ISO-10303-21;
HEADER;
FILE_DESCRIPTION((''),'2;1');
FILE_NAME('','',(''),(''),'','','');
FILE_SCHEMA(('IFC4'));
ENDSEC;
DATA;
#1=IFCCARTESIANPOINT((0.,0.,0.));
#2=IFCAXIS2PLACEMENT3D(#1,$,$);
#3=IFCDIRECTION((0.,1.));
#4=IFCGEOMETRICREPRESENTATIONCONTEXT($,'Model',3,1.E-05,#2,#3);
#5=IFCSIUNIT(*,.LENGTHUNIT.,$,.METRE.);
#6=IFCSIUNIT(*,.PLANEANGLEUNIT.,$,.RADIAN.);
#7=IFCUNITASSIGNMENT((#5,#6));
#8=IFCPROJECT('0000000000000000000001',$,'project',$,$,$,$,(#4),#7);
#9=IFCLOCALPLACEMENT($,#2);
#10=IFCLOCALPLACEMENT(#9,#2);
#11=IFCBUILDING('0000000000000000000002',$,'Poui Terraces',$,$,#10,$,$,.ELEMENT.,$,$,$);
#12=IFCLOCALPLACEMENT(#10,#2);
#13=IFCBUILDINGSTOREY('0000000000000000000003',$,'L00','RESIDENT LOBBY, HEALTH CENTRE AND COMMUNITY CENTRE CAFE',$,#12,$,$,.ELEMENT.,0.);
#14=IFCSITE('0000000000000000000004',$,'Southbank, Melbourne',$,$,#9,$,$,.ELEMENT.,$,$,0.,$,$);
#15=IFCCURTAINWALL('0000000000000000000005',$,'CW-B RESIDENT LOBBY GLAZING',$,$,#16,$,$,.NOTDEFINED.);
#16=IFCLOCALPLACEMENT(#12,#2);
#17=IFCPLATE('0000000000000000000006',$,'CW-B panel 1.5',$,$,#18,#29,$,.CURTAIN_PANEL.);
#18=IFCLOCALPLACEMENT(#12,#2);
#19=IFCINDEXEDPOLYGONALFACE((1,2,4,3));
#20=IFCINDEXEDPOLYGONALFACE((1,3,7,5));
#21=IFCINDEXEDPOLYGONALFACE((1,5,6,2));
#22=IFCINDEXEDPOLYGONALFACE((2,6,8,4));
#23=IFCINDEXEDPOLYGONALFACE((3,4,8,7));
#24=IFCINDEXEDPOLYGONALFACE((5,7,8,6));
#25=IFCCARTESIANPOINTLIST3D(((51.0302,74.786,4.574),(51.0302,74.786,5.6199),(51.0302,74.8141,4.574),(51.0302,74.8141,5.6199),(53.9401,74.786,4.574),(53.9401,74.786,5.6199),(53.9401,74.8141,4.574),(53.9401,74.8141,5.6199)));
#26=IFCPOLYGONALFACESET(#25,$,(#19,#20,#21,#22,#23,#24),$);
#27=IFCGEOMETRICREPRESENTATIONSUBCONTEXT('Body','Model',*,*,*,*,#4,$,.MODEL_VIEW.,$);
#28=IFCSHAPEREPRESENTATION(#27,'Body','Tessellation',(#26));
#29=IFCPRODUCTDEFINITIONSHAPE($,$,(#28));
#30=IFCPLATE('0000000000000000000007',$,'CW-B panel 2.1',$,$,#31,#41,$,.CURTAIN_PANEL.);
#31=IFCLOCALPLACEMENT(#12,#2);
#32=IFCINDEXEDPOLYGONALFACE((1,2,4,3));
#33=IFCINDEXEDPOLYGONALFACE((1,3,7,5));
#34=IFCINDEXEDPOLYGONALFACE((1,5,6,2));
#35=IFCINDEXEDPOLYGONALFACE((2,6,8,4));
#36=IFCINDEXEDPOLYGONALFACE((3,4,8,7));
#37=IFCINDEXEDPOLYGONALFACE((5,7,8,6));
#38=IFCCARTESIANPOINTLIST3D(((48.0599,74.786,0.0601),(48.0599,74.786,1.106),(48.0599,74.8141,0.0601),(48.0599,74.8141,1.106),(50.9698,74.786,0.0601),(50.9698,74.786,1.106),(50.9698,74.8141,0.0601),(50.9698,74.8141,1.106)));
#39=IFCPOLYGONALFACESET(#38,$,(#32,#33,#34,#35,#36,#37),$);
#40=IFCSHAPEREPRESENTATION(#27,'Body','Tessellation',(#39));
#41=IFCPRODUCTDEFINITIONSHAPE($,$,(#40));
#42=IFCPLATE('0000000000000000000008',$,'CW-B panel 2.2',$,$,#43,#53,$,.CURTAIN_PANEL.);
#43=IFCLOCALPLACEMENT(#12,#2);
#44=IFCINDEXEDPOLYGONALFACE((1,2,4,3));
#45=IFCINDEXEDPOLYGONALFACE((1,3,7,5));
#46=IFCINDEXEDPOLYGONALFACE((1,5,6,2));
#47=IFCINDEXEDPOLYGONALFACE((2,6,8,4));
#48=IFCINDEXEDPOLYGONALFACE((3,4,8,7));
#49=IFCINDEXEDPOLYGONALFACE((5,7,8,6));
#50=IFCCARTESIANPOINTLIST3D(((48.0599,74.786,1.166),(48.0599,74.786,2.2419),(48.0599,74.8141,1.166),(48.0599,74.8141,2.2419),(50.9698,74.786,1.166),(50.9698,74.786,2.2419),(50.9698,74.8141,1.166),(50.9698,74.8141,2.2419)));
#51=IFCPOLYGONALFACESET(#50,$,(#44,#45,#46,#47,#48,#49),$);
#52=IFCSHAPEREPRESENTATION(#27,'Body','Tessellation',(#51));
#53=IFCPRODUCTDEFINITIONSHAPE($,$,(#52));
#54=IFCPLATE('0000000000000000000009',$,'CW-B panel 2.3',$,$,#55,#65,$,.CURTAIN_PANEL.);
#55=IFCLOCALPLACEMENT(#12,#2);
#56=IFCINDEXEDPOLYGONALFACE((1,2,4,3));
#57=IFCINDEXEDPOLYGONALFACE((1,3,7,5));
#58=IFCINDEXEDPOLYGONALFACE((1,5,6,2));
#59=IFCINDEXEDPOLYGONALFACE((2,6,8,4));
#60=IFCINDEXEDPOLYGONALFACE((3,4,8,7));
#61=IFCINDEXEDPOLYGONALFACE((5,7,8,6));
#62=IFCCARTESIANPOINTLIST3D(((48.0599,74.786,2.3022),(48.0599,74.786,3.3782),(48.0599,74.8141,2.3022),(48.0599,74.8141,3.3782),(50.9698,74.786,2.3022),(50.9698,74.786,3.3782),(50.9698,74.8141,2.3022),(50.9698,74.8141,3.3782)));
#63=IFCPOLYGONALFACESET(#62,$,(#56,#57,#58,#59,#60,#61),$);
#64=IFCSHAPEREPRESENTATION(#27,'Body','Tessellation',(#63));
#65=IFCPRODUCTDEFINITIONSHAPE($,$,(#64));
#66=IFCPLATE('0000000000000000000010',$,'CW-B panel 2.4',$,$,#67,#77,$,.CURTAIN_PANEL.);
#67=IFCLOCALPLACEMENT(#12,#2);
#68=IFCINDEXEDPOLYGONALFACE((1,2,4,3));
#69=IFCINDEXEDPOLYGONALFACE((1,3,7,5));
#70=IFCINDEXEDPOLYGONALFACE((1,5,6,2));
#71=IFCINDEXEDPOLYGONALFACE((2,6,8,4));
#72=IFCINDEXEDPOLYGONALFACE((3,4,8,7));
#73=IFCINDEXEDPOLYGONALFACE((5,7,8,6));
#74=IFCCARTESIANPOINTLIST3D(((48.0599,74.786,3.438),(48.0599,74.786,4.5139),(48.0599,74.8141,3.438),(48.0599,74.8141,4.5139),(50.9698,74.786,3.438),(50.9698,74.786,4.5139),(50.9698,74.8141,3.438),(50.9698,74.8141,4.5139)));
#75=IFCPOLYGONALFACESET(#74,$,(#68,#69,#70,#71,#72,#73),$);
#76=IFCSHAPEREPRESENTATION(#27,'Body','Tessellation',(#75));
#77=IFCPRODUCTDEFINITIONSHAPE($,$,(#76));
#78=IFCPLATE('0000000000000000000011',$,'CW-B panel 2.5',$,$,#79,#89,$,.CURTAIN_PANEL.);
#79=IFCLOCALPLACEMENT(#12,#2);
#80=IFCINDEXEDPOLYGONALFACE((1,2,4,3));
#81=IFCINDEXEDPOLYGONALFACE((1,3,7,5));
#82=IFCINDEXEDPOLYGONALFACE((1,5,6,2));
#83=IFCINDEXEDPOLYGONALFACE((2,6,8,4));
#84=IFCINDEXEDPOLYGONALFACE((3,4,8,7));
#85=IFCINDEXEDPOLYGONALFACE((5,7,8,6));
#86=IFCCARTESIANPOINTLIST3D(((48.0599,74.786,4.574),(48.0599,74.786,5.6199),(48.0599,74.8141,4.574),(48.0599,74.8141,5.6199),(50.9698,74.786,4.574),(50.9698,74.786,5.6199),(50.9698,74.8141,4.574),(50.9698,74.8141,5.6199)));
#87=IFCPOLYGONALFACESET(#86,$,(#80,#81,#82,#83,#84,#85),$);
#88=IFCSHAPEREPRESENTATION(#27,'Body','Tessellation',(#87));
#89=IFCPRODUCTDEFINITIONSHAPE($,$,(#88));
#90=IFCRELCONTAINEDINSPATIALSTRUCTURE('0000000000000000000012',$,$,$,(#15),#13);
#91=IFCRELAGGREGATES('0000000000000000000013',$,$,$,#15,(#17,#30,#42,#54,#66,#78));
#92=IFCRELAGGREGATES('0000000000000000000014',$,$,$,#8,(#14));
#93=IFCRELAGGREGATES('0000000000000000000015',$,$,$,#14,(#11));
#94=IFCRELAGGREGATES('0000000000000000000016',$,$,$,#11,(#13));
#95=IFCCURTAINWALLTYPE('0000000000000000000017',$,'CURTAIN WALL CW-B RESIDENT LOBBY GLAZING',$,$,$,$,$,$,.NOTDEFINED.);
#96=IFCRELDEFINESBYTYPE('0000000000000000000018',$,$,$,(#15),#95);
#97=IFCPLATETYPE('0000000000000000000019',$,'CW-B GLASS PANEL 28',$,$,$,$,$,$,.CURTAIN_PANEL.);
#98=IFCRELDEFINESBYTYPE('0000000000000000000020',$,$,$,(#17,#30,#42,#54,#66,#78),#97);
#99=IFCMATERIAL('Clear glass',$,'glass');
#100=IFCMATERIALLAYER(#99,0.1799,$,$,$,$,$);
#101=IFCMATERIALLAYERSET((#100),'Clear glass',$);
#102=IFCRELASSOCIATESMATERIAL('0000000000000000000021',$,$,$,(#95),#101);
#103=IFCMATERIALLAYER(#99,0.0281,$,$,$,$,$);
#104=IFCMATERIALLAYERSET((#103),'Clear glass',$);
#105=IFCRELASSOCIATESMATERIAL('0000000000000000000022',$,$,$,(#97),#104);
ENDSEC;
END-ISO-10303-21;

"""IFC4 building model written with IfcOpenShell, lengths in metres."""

from ifc_helpers import new_model, si_unit, direction, frame, origin, origin_2d, place, context, subcontext, project, spatial, rectangle, extrude, material, layer, layer_set, type_object, element, aggregate, save


model = new_model("IFC4")

# Units and contexts
model_context = context("Model", 3, precision=1e-05, world=origin(), true_north=direction((0.0, 1.0)))
body_context = subcontext(model_context, "Body", "Model", "MODEL_VIEW")
ifc_project = project(units=[si_unit("LENGTHUNIT", "METRE"), si_unit("PLANEANGLEUNIT", "RADIAN")], contexts=[model_context])

# Site, building, storey
site_placement = place(None, origin())
site = spatial("IfcSite", under=ifc_project, at=site_placement, Name="Southbank, Melbourne", CompositionType="ELEMENT", RefElevation=0.0)
building_placement = place(site_placement, origin())
building = spatial("IfcBuilding", under=site, at=building_placement, Name="Poui Terraces", CompositionType="ELEMENT")
storey_placement = place(building_placement, origin())
storey = spatial("IfcBuildingStorey", under=building, at=storey_placement, Name="L00", Description="RESIDENT LOBBY, HEALTH CENTRE AND COMMUNITY CENTRE CAFE", CompositionType="ELEMENT", Elevation=0.0)

# Curtain wall
ifc_material_1 = material(Name="Clear glass", Category="glass")
ifc_layer_1 = layer(ifc_material_1, 0.1799)
ifc_layer_set_1 = layer_set([ifc_layer_1], Name="Clear glass")
curtain_wall_type_1 = type_object("IfcCurtainWallType", Name="CURTAIN WALL CW-B RESIDENT LOBBY GLAZING", PredefinedType="NOTDEFINED", material=ifc_layer_set_1)
curtain_wall_1_placement = place(storey_placement, origin())
curtain_wall_1 = element("IfcCurtainWall", 1, at=curtain_wall_1_placement, inside=storey, type_object=curtain_wall_type_1, Name="CW-B RESIDENT LOBBY GLAZING", PredefinedType="NOTDEFINED")

# Plates
ifc_layer_2 = layer(ifc_material_1, 0.0281)
ifc_layer_set_2 = layer_set([ifc_layer_2], Name="Clear glass")
plate_type = type_object("IfcPlateType", Name="CW-B GLASS PANEL 28", PredefinedType="CURTAIN_PANEL", material=ifc_layer_set_2)
plate_1_placement = place(storey_placement, frame((52.4851, 74.8, 4.574), z_axis=(0.0, 0.0, 1.0), x_axis=(-1.0, 0.0, 0.0)))
plate_1 = element("IfcPlate", 2, at=plate_1_placement, type_object=plate_type, Name="CW-B panel 1.5", PredefinedType="CURTAIN_PANEL", context=body_context, shape_type="SweptSolid", body=[
    extrude(rectangle(XDim=2.9099, YDim=0.0281, at=origin_2d()), origin(), (0.0, 0.0, 1.0), 1.0459),
])
plate_2_placement = place(storey_placement, frame((49.5149, 74.8, 0.0601), z_axis=(0.0, 0.0, 1.0), x_axis=(-1.0, 0.0, 0.0)))
plate_2 = element("IfcPlate", 3, at=plate_2_placement, type_object=plate_type, Name="CW-B panel 2.1", PredefinedType="CURTAIN_PANEL", context=body_context, shape_type="SweptSolid", body=[
    extrude(rectangle(XDim=2.9099, YDim=0.0281, at=origin_2d()), origin(), (0.0, 0.0, 1.0), 1.0459),
])
plate_3_placement = place(storey_placement, frame((49.5149, 74.8, 1.166), z_axis=(0.0, 0.0, 1.0), x_axis=(-1.0, 0.0, 0.0)))
plate_3 = element("IfcPlate", 4, at=plate_3_placement, type_object=plate_type, Name="CW-B panel 2.2", PredefinedType="CURTAIN_PANEL", context=body_context, shape_type="SweptSolid", body=[
    extrude(rectangle(XDim=2.9099, YDim=0.0281, at=origin_2d()), origin(), (0.0, 0.0, 1.0), 1.0759),
])
plate_4_placement = place(storey_placement, frame((49.5149, 74.8, 2.3022), z_axis=(0.0, 0.0, 1.0), x_axis=(-1.0, 0.0, 0.0)))
plate_4 = element("IfcPlate", 5, at=plate_4_placement, type_object=plate_type, Name="CW-B panel 2.3", PredefinedType="CURTAIN_PANEL", context=body_context, shape_type="SweptSolid", body=[
    extrude(rectangle(XDim=2.9099, YDim=0.0281, at=origin_2d()), origin(), (0.0, 0.0, 1.0), 1.0759),
])
plate_5_placement = place(storey_placement, frame((49.5149, 74.8, 3.438), z_axis=(0.0, 0.0, 1.0), x_axis=(-1.0, 0.0, 0.0)))
plate_5 = element("IfcPlate", 6, at=plate_5_placement, type_object=plate_type, Name="CW-B panel 2.4", PredefinedType="CURTAIN_PANEL", context=body_context, shape_type="SweptSolid", body=[
    extrude(rectangle(XDim=2.9099, YDim=0.0281, at=origin_2d()), origin(), (0.0, 0.0, 1.0), 1.0759),
])
plate_6_placement = place(storey_placement, frame((49.5149, 74.8, 4.574), z_axis=(0.0, 0.0, 1.0), x_axis=(-1.0, 0.0, 0.0)))
plate_6 = element("IfcPlate", 7, at=plate_6_placement, type_object=plate_type, Name="CW-B panel 2.5", PredefinedType="CURTAIN_PANEL", context=body_context, shape_type="SweptSolid", body=[
    extrude(rectangle(XDim=2.9099, YDim=0.0281, at=origin_2d()), origin(), (0.0, 0.0, 1.0), 1.0459),
])
aggregate(curtain_wall_1, [plate_1, plate_2, plate_3, plate_4, plate_5, plate_6])

save(model, "model.ifc")
